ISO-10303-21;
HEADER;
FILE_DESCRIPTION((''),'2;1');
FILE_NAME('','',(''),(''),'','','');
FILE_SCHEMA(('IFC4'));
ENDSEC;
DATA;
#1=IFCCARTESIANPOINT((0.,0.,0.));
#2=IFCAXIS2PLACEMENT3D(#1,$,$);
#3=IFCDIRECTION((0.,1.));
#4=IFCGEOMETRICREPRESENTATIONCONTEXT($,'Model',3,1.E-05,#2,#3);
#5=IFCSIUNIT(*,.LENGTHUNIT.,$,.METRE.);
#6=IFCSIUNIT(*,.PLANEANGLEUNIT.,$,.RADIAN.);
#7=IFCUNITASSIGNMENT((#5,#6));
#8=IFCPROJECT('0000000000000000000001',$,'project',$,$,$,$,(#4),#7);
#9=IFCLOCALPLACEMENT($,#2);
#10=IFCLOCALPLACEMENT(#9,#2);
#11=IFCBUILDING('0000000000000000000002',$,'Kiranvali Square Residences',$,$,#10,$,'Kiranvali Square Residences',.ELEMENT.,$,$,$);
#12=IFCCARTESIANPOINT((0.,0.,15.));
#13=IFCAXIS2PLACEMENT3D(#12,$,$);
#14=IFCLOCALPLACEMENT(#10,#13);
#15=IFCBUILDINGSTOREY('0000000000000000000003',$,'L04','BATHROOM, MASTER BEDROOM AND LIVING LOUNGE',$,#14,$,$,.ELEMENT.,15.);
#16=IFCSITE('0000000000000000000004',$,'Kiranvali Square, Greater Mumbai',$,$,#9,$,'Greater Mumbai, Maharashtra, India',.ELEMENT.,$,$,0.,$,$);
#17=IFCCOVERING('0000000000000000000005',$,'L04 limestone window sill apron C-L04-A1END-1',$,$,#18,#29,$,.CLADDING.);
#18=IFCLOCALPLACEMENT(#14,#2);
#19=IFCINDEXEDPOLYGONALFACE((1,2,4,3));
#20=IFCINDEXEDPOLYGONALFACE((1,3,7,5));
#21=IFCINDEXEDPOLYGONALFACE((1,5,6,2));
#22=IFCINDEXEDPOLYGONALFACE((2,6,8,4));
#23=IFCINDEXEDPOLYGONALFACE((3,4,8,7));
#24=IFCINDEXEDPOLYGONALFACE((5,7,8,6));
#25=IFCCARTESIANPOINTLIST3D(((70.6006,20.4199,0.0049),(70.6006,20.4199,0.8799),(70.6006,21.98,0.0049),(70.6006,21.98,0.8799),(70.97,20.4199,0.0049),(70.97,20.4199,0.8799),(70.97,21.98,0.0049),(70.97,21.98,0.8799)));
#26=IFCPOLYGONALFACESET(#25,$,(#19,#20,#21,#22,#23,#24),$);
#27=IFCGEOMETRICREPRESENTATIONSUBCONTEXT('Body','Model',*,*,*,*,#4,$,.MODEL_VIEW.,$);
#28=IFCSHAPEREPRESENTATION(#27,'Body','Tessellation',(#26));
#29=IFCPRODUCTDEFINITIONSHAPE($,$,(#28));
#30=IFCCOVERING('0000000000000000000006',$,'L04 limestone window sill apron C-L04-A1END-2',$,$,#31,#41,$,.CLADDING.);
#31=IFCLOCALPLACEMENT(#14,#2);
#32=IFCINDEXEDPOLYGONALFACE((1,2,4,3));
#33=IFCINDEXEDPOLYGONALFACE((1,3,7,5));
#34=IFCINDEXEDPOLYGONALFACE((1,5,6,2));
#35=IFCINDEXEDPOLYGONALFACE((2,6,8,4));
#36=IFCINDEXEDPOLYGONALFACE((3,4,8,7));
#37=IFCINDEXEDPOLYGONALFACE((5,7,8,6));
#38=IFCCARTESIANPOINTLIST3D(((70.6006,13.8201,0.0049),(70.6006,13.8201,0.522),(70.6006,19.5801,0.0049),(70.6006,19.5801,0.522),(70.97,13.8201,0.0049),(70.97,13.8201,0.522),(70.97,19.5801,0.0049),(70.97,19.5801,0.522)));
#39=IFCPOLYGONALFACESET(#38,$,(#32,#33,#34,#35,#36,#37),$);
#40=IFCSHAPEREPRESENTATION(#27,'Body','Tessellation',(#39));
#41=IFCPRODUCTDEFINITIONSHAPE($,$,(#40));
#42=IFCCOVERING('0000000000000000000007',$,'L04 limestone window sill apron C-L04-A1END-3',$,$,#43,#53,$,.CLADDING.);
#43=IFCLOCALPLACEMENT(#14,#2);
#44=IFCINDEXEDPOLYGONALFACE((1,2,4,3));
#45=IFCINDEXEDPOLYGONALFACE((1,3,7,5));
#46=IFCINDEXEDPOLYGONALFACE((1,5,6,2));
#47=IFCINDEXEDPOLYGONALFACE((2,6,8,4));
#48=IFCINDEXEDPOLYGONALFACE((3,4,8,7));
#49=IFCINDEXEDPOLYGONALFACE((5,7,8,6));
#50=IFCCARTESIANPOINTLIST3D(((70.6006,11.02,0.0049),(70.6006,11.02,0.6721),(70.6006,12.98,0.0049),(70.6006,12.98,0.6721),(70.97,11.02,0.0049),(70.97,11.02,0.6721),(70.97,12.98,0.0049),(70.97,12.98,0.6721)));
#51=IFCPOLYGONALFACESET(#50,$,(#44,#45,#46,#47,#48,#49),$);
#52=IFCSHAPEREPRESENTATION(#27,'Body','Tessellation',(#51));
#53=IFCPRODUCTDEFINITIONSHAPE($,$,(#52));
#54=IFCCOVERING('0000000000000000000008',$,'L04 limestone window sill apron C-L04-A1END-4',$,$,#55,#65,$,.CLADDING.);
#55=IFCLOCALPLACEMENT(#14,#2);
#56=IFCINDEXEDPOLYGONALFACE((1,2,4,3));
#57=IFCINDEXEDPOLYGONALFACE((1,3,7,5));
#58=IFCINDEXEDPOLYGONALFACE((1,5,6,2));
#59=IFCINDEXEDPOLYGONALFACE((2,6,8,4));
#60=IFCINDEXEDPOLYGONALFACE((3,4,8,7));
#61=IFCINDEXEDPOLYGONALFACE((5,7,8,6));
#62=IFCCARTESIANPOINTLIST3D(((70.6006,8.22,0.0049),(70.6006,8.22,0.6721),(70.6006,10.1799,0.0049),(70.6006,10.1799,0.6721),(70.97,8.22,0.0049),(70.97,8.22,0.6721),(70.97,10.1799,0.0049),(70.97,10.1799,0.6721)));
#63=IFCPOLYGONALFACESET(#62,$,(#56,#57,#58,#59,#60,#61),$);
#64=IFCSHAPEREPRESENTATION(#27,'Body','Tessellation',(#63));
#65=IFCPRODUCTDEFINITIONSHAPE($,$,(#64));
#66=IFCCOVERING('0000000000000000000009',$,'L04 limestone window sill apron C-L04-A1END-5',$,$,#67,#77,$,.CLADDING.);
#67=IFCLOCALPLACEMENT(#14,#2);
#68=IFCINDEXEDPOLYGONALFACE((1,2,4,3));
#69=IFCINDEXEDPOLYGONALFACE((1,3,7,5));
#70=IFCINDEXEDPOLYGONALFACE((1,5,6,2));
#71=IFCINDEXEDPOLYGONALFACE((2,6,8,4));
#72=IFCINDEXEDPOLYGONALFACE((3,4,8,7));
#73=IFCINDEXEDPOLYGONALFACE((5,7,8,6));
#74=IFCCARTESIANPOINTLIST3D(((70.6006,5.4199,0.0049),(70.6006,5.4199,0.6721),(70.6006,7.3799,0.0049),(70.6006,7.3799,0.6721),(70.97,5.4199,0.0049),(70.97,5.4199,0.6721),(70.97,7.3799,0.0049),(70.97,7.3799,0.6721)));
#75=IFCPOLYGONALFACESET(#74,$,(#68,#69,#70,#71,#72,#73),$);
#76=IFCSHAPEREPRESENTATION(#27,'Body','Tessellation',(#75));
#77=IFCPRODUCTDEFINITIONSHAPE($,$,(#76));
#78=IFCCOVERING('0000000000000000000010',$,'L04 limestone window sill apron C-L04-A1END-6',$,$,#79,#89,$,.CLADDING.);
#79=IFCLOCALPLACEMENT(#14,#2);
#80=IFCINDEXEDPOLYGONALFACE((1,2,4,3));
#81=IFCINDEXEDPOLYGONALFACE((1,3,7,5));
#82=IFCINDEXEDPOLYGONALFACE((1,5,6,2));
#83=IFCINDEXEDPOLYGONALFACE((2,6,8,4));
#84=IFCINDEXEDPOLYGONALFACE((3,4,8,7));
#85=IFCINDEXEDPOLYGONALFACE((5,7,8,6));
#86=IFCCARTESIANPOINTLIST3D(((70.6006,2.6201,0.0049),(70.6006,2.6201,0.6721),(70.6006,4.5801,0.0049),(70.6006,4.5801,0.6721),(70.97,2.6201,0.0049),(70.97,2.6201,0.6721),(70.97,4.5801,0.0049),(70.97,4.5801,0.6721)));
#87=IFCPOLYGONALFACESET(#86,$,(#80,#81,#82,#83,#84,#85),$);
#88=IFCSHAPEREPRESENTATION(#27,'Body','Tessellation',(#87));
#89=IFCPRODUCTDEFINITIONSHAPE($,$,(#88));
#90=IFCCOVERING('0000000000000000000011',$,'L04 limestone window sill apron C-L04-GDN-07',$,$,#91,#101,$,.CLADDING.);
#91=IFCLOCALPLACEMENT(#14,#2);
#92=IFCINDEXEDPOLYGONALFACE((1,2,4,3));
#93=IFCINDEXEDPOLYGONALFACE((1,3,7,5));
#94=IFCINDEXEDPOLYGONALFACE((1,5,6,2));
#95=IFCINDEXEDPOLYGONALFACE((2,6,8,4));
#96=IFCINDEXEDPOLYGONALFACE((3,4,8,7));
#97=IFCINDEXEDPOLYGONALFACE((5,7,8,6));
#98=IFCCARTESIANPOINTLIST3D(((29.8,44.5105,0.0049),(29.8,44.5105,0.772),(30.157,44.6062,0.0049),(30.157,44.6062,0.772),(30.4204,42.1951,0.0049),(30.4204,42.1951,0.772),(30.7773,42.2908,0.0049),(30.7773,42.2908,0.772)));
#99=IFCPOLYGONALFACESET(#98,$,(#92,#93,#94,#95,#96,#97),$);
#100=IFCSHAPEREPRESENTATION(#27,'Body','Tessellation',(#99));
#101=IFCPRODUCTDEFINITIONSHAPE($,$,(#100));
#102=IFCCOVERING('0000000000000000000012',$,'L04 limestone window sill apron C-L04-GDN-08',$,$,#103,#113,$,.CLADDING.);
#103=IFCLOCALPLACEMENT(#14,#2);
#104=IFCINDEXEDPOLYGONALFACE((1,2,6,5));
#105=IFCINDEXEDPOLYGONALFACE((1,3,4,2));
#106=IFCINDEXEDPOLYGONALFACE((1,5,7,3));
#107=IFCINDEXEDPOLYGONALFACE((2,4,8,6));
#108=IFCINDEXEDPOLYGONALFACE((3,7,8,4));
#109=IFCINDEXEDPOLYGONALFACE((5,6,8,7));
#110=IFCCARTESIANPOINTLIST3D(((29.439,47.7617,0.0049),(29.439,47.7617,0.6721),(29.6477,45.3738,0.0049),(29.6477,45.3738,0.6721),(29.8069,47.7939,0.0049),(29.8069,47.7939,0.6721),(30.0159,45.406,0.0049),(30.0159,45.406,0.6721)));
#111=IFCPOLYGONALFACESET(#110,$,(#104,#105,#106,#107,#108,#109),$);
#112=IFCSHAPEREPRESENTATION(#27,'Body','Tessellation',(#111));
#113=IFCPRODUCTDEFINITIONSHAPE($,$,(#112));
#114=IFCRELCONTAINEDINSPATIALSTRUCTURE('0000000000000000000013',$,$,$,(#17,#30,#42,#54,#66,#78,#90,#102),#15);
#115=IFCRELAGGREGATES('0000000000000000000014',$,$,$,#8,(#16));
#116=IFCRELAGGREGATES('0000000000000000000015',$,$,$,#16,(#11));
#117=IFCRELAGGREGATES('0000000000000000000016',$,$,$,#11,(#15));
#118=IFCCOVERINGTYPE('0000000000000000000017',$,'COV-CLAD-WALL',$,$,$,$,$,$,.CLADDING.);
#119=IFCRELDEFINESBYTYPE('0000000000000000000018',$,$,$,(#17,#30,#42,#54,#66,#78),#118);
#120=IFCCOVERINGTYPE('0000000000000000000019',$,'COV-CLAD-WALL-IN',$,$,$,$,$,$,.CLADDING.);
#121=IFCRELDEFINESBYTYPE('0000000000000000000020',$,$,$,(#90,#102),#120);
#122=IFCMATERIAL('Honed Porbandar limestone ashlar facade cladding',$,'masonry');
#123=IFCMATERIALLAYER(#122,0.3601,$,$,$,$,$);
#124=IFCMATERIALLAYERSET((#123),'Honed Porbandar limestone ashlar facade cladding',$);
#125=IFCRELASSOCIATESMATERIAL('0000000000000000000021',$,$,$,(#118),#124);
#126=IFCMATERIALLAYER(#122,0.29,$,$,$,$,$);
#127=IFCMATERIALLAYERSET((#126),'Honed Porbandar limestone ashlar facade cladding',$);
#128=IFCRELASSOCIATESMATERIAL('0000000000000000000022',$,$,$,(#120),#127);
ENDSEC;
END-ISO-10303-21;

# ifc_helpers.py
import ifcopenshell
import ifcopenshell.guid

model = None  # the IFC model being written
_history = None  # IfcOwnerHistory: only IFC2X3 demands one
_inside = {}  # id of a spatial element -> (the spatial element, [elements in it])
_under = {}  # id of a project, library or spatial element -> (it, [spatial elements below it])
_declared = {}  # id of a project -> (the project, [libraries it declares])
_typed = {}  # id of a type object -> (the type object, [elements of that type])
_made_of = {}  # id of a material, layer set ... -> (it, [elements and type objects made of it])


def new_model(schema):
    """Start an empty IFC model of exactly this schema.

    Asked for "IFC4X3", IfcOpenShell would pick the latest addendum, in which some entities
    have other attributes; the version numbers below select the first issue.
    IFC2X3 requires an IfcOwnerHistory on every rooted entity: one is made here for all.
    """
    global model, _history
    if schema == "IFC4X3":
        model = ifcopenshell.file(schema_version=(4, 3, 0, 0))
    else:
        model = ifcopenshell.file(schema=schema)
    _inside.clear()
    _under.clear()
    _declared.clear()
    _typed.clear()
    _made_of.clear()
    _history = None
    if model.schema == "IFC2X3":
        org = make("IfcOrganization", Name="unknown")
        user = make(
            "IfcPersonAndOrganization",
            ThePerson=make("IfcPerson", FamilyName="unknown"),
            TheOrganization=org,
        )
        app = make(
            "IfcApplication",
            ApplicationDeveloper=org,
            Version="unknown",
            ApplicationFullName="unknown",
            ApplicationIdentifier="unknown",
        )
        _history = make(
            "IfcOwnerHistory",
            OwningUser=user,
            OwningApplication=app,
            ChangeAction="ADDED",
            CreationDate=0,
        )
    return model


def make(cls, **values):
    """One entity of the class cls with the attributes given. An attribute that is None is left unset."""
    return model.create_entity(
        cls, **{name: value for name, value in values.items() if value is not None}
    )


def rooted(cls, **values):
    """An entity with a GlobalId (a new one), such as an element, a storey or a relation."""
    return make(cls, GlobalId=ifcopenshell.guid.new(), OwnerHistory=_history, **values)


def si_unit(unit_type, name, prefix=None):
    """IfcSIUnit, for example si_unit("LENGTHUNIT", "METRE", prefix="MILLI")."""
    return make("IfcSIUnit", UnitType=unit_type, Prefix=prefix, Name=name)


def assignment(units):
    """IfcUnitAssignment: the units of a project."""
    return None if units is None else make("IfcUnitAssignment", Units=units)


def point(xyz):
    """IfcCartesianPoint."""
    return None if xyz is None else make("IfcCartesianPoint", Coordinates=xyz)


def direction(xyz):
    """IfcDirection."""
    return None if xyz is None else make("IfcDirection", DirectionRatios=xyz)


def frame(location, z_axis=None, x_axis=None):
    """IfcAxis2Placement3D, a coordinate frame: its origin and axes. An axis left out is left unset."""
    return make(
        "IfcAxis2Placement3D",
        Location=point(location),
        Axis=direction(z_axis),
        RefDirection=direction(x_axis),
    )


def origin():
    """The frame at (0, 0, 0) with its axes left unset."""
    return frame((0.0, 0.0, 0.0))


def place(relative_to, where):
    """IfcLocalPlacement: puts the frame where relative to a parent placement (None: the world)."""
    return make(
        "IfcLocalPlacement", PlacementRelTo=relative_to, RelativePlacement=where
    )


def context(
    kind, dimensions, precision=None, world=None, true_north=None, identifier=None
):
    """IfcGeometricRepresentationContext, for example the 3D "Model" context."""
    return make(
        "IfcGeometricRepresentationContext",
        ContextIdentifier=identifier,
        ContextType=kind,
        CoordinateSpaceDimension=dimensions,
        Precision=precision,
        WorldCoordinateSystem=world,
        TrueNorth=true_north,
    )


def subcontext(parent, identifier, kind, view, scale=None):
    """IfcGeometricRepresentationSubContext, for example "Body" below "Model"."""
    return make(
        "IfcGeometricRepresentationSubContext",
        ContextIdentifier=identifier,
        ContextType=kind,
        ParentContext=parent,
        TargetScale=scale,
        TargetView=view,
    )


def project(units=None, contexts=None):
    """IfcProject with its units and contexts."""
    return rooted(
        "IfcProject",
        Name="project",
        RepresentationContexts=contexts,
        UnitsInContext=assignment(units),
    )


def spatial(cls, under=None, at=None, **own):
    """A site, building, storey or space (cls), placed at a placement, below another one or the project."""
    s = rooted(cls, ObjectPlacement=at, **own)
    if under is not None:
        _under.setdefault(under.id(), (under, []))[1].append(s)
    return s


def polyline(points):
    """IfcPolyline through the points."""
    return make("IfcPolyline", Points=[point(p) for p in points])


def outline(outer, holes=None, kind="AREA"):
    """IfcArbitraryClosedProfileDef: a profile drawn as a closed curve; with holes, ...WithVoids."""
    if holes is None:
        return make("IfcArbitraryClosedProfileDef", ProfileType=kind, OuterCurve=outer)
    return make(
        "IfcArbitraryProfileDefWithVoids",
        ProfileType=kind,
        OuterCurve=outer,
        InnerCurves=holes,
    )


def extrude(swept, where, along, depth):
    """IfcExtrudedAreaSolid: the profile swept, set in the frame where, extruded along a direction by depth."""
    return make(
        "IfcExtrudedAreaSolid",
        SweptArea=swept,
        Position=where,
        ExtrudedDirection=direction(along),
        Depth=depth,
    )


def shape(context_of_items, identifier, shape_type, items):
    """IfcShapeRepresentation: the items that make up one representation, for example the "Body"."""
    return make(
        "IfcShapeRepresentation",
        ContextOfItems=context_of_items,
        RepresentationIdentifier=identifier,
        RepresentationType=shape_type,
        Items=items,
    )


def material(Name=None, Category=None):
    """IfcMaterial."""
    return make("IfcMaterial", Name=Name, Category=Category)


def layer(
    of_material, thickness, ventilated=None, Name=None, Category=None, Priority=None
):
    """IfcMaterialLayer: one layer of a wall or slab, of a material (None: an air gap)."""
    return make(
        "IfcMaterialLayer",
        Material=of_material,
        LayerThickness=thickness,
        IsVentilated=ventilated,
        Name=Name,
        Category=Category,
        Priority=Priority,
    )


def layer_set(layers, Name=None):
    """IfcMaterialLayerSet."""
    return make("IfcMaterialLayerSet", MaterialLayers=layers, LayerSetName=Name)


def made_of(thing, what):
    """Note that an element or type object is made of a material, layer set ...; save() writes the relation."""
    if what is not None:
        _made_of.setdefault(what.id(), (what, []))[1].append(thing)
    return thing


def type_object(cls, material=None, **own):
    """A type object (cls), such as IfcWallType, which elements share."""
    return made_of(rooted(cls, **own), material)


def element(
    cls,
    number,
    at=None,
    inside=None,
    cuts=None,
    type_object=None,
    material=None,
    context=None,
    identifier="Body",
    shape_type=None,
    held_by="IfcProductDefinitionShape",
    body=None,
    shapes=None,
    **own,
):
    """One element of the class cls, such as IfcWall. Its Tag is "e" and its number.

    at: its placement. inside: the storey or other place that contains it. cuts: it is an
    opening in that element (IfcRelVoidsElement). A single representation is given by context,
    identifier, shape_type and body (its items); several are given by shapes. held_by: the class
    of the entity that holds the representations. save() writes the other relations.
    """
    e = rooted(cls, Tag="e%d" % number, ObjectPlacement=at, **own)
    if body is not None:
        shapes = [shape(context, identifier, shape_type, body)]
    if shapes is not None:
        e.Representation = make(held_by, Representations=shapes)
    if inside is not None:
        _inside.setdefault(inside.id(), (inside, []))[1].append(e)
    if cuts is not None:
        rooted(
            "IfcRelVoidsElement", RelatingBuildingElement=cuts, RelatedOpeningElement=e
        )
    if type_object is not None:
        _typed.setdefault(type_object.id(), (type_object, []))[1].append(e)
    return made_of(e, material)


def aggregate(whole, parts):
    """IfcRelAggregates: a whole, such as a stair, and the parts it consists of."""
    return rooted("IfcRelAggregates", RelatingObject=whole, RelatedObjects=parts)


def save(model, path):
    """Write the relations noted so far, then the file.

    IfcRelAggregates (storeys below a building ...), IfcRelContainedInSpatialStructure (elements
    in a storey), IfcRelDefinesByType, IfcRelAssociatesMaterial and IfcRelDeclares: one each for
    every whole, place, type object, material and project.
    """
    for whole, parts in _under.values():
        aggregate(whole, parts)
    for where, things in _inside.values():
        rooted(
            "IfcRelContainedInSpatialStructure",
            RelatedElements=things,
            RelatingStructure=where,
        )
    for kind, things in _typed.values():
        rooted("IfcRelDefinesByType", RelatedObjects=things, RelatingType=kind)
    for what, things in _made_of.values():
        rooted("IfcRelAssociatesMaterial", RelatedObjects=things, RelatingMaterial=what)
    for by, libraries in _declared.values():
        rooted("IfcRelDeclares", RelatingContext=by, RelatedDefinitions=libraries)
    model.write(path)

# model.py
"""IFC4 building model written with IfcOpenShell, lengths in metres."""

from ifc_helpers import new_model, si_unit, direction, frame, origin, place, context, subcontext, project, spatial, polyline, outline, extrude, material, layer, layer_set, type_object, element, save


model = new_model("IFC4")

# Units and contexts
model_context = context("Model", 3, precision=1e-05, world=origin(), true_north=direction((0.0, 1.0)))
body_context = subcontext(model_context, "Body", "Model", "MODEL_VIEW")
ifc_project = project(units=[si_unit("LENGTHUNIT", "METRE"), si_unit("PLANEANGLEUNIT", "RADIAN")], contexts=[model_context])

# Site, building, storey
site_placement = place(None, origin())
site = spatial("IfcSite", under=ifc_project, at=site_placement, Name="Kiranvali Square, Greater Mumbai", LongName="Greater Mumbai, Maharashtra, India", CompositionType="ELEMENT", RefElevation=0.0)
building_placement = place(site_placement, origin())
building = spatial("IfcBuilding", under=site, at=building_placement, Name="Kiranvali Square Residences", LongName="Kiranvali Square Residences", CompositionType="ELEMENT")
storey_placement = place(building_placement, frame((0.0, 0.0, 15.0)))
storey = spatial("IfcBuildingStorey", under=building, at=storey_placement, Name="L04", Description="BATHROOM, MASTER BEDROOM AND LIVING LOUNGE", CompositionType="ELEMENT", Elevation=15.0)

# Coverings
ifc_material = material(Name="Honed Porbandar limestone ashlar facade cladding", Category="masonry")
ifc_layer_1 = layer(ifc_material, 0.3601)
ifc_layer_set_1 = layer_set([ifc_layer_1], Name="Honed Porbandar limestone ashlar facade cladding")
covering_type_1 = type_object("IfcCoveringType", Name="COV-CLAD-WALL", PredefinedType="CLADDING", material=ifc_layer_set_1)
covering_1_placement = place(storey_placement, frame((0.0, 0.0, 0.0049)))
element("IfcCovering", 1, at=covering_1_placement, inside=storey, type_object=covering_type_1, Name="L04 limestone window sill apron C-L04-A1END-1", PredefinedType="CLADDING", context=body_context, shape_type="SweptSolid", body=[
    extrude(outline(polyline([(70.6006, 21.98), (70.6006, 20.4199), (70.97, 20.4199), (70.97, 21.98), (70.6006, 21.98)])), origin(), (0.0, 0.0, 1.0), 0.875),
])
covering_2_placement = place(storey_placement, frame((0.0, 0.0, 0.0049)))
element("IfcCovering", 2, at=covering_2_placement, inside=storey, type_object=covering_type_1, Name="L04 limestone window sill apron C-L04-A1END-2", PredefinedType="CLADDING", context=body_context, shape_type="SweptSolid", body=[
    extrude(outline(polyline([(70.6006, 19.5801), (70.6006, 13.8201), (70.97, 13.8201), (70.97, 19.5801), (70.6006, 19.5801)])), origin(), (0.0, 0.0, 1.0), 0.5171),
])
covering_3_placement = place(storey_placement, frame((0.0, 0.0, 0.0049)))
element("IfcCovering", 3, at=covering_3_placement, inside=storey, type_object=covering_type_1, Name="L04 limestone window sill apron C-L04-A1END-3", PredefinedType="CLADDING", context=body_context, shape_type="SweptSolid", body=[
    extrude(outline(polyline([(70.6006, 12.98), (70.6006, 11.02), (70.97, 11.02), (70.97, 12.98), (70.6006, 12.98)])), origin(), (0.0, 0.0, 1.0), 0.6672),
])
covering_4_placement = place(storey_placement, frame((0.0, 0.0, 0.0049)))
element("IfcCovering", 4, at=covering_4_placement, inside=storey, type_object=covering_type_1, Name="L04 limestone window sill apron C-L04-A1END-4", PredefinedType="CLADDING", context=body_context, shape_type="SweptSolid", body=[
    extrude(outline(polyline([(70.6006, 10.1799), (70.6006, 8.22), (70.97, 8.22), (70.97, 10.1799), (70.6006, 10.1799)])), origin(), (0.0, 0.0, 1.0), 0.6672),
])
covering_5_placement = place(storey_placement, frame((0.0, 0.0, 0.0049)))
element("IfcCovering", 5, at=covering_5_placement, inside=storey, type_object=covering_type_1, Name="L04 limestone window sill apron C-L04-A1END-5", PredefinedType="CLADDING", context=body_context, shape_type="SweptSolid", body=[
    extrude(outline(polyline([(70.6006, 7.3799), (70.6006, 5.4199), (70.97, 5.4199), (70.97, 7.3799), (70.6006, 7.3799)])), origin(), (0.0, 0.0, 1.0), 0.6672),
])
covering_6_placement = place(storey_placement, frame((0.0, 0.0, 0.0049)))
element("IfcCovering", 6, at=covering_6_placement, inside=storey, type_object=covering_type_1, Name="L04 limestone window sill apron C-L04-A1END-6", PredefinedType="CLADDING", context=body_context, shape_type="SweptSolid", body=[
    extrude(outline(polyline([(70.6006, 4.5801), (70.6006, 2.6201), (70.97, 2.6201), (70.97, 4.5801), (70.6006, 4.5801)])), origin(), (0.0, 0.0, 1.0), 0.6672),
])
ifc_layer_2 = layer(ifc_material, 0.29)
ifc_layer_set_2 = layer_set([ifc_layer_2], Name="Honed Porbandar limestone ashlar facade cladding")
covering_type_2 = type_object("IfcCoveringType", Name="COV-CLAD-WALL-IN", PredefinedType="CLADDING", material=ifc_layer_set_2)
covering_7_placement = place(storey_placement, frame((0.0, 0.0, 0.0049)))
element("IfcCovering", 7, at=covering_7_placement, inside=storey, type_object=covering_type_2, Name="L04 limestone window sill apron C-L04-GDN-07", PredefinedType="CLADDING", context=body_context, shape_type="SweptSolid", body=[
    extrude(outline(polyline([(30.7773, 42.2908), (30.157, 44.6062), (29.8, 44.5105), (30.4204, 42.1951), (30.7773, 42.2908)])), origin(), (0.0, 0.0, 1.0), 0.7671),
])
covering_8_placement = place(storey_placement, frame((0.0, 0.0, 0.0049)))
element("IfcCovering", 8, at=covering_8_placement, inside=storey, type_object=covering_type_2, Name="L04 limestone window sill apron C-L04-GDN-08", PredefinedType="CLADDING", context=body_context, shape_type="SweptSolid", body=[
    extrude(outline(polyline([(30.0159, 45.406), (29.8069, 47.7939), (29.439, 47.7617), (29.6477, 45.3738), (30.0159, 45.406)])), origin(), (0.0, 0.0, 1.0), 0.6672),
])

save(model, "model.ifc")
